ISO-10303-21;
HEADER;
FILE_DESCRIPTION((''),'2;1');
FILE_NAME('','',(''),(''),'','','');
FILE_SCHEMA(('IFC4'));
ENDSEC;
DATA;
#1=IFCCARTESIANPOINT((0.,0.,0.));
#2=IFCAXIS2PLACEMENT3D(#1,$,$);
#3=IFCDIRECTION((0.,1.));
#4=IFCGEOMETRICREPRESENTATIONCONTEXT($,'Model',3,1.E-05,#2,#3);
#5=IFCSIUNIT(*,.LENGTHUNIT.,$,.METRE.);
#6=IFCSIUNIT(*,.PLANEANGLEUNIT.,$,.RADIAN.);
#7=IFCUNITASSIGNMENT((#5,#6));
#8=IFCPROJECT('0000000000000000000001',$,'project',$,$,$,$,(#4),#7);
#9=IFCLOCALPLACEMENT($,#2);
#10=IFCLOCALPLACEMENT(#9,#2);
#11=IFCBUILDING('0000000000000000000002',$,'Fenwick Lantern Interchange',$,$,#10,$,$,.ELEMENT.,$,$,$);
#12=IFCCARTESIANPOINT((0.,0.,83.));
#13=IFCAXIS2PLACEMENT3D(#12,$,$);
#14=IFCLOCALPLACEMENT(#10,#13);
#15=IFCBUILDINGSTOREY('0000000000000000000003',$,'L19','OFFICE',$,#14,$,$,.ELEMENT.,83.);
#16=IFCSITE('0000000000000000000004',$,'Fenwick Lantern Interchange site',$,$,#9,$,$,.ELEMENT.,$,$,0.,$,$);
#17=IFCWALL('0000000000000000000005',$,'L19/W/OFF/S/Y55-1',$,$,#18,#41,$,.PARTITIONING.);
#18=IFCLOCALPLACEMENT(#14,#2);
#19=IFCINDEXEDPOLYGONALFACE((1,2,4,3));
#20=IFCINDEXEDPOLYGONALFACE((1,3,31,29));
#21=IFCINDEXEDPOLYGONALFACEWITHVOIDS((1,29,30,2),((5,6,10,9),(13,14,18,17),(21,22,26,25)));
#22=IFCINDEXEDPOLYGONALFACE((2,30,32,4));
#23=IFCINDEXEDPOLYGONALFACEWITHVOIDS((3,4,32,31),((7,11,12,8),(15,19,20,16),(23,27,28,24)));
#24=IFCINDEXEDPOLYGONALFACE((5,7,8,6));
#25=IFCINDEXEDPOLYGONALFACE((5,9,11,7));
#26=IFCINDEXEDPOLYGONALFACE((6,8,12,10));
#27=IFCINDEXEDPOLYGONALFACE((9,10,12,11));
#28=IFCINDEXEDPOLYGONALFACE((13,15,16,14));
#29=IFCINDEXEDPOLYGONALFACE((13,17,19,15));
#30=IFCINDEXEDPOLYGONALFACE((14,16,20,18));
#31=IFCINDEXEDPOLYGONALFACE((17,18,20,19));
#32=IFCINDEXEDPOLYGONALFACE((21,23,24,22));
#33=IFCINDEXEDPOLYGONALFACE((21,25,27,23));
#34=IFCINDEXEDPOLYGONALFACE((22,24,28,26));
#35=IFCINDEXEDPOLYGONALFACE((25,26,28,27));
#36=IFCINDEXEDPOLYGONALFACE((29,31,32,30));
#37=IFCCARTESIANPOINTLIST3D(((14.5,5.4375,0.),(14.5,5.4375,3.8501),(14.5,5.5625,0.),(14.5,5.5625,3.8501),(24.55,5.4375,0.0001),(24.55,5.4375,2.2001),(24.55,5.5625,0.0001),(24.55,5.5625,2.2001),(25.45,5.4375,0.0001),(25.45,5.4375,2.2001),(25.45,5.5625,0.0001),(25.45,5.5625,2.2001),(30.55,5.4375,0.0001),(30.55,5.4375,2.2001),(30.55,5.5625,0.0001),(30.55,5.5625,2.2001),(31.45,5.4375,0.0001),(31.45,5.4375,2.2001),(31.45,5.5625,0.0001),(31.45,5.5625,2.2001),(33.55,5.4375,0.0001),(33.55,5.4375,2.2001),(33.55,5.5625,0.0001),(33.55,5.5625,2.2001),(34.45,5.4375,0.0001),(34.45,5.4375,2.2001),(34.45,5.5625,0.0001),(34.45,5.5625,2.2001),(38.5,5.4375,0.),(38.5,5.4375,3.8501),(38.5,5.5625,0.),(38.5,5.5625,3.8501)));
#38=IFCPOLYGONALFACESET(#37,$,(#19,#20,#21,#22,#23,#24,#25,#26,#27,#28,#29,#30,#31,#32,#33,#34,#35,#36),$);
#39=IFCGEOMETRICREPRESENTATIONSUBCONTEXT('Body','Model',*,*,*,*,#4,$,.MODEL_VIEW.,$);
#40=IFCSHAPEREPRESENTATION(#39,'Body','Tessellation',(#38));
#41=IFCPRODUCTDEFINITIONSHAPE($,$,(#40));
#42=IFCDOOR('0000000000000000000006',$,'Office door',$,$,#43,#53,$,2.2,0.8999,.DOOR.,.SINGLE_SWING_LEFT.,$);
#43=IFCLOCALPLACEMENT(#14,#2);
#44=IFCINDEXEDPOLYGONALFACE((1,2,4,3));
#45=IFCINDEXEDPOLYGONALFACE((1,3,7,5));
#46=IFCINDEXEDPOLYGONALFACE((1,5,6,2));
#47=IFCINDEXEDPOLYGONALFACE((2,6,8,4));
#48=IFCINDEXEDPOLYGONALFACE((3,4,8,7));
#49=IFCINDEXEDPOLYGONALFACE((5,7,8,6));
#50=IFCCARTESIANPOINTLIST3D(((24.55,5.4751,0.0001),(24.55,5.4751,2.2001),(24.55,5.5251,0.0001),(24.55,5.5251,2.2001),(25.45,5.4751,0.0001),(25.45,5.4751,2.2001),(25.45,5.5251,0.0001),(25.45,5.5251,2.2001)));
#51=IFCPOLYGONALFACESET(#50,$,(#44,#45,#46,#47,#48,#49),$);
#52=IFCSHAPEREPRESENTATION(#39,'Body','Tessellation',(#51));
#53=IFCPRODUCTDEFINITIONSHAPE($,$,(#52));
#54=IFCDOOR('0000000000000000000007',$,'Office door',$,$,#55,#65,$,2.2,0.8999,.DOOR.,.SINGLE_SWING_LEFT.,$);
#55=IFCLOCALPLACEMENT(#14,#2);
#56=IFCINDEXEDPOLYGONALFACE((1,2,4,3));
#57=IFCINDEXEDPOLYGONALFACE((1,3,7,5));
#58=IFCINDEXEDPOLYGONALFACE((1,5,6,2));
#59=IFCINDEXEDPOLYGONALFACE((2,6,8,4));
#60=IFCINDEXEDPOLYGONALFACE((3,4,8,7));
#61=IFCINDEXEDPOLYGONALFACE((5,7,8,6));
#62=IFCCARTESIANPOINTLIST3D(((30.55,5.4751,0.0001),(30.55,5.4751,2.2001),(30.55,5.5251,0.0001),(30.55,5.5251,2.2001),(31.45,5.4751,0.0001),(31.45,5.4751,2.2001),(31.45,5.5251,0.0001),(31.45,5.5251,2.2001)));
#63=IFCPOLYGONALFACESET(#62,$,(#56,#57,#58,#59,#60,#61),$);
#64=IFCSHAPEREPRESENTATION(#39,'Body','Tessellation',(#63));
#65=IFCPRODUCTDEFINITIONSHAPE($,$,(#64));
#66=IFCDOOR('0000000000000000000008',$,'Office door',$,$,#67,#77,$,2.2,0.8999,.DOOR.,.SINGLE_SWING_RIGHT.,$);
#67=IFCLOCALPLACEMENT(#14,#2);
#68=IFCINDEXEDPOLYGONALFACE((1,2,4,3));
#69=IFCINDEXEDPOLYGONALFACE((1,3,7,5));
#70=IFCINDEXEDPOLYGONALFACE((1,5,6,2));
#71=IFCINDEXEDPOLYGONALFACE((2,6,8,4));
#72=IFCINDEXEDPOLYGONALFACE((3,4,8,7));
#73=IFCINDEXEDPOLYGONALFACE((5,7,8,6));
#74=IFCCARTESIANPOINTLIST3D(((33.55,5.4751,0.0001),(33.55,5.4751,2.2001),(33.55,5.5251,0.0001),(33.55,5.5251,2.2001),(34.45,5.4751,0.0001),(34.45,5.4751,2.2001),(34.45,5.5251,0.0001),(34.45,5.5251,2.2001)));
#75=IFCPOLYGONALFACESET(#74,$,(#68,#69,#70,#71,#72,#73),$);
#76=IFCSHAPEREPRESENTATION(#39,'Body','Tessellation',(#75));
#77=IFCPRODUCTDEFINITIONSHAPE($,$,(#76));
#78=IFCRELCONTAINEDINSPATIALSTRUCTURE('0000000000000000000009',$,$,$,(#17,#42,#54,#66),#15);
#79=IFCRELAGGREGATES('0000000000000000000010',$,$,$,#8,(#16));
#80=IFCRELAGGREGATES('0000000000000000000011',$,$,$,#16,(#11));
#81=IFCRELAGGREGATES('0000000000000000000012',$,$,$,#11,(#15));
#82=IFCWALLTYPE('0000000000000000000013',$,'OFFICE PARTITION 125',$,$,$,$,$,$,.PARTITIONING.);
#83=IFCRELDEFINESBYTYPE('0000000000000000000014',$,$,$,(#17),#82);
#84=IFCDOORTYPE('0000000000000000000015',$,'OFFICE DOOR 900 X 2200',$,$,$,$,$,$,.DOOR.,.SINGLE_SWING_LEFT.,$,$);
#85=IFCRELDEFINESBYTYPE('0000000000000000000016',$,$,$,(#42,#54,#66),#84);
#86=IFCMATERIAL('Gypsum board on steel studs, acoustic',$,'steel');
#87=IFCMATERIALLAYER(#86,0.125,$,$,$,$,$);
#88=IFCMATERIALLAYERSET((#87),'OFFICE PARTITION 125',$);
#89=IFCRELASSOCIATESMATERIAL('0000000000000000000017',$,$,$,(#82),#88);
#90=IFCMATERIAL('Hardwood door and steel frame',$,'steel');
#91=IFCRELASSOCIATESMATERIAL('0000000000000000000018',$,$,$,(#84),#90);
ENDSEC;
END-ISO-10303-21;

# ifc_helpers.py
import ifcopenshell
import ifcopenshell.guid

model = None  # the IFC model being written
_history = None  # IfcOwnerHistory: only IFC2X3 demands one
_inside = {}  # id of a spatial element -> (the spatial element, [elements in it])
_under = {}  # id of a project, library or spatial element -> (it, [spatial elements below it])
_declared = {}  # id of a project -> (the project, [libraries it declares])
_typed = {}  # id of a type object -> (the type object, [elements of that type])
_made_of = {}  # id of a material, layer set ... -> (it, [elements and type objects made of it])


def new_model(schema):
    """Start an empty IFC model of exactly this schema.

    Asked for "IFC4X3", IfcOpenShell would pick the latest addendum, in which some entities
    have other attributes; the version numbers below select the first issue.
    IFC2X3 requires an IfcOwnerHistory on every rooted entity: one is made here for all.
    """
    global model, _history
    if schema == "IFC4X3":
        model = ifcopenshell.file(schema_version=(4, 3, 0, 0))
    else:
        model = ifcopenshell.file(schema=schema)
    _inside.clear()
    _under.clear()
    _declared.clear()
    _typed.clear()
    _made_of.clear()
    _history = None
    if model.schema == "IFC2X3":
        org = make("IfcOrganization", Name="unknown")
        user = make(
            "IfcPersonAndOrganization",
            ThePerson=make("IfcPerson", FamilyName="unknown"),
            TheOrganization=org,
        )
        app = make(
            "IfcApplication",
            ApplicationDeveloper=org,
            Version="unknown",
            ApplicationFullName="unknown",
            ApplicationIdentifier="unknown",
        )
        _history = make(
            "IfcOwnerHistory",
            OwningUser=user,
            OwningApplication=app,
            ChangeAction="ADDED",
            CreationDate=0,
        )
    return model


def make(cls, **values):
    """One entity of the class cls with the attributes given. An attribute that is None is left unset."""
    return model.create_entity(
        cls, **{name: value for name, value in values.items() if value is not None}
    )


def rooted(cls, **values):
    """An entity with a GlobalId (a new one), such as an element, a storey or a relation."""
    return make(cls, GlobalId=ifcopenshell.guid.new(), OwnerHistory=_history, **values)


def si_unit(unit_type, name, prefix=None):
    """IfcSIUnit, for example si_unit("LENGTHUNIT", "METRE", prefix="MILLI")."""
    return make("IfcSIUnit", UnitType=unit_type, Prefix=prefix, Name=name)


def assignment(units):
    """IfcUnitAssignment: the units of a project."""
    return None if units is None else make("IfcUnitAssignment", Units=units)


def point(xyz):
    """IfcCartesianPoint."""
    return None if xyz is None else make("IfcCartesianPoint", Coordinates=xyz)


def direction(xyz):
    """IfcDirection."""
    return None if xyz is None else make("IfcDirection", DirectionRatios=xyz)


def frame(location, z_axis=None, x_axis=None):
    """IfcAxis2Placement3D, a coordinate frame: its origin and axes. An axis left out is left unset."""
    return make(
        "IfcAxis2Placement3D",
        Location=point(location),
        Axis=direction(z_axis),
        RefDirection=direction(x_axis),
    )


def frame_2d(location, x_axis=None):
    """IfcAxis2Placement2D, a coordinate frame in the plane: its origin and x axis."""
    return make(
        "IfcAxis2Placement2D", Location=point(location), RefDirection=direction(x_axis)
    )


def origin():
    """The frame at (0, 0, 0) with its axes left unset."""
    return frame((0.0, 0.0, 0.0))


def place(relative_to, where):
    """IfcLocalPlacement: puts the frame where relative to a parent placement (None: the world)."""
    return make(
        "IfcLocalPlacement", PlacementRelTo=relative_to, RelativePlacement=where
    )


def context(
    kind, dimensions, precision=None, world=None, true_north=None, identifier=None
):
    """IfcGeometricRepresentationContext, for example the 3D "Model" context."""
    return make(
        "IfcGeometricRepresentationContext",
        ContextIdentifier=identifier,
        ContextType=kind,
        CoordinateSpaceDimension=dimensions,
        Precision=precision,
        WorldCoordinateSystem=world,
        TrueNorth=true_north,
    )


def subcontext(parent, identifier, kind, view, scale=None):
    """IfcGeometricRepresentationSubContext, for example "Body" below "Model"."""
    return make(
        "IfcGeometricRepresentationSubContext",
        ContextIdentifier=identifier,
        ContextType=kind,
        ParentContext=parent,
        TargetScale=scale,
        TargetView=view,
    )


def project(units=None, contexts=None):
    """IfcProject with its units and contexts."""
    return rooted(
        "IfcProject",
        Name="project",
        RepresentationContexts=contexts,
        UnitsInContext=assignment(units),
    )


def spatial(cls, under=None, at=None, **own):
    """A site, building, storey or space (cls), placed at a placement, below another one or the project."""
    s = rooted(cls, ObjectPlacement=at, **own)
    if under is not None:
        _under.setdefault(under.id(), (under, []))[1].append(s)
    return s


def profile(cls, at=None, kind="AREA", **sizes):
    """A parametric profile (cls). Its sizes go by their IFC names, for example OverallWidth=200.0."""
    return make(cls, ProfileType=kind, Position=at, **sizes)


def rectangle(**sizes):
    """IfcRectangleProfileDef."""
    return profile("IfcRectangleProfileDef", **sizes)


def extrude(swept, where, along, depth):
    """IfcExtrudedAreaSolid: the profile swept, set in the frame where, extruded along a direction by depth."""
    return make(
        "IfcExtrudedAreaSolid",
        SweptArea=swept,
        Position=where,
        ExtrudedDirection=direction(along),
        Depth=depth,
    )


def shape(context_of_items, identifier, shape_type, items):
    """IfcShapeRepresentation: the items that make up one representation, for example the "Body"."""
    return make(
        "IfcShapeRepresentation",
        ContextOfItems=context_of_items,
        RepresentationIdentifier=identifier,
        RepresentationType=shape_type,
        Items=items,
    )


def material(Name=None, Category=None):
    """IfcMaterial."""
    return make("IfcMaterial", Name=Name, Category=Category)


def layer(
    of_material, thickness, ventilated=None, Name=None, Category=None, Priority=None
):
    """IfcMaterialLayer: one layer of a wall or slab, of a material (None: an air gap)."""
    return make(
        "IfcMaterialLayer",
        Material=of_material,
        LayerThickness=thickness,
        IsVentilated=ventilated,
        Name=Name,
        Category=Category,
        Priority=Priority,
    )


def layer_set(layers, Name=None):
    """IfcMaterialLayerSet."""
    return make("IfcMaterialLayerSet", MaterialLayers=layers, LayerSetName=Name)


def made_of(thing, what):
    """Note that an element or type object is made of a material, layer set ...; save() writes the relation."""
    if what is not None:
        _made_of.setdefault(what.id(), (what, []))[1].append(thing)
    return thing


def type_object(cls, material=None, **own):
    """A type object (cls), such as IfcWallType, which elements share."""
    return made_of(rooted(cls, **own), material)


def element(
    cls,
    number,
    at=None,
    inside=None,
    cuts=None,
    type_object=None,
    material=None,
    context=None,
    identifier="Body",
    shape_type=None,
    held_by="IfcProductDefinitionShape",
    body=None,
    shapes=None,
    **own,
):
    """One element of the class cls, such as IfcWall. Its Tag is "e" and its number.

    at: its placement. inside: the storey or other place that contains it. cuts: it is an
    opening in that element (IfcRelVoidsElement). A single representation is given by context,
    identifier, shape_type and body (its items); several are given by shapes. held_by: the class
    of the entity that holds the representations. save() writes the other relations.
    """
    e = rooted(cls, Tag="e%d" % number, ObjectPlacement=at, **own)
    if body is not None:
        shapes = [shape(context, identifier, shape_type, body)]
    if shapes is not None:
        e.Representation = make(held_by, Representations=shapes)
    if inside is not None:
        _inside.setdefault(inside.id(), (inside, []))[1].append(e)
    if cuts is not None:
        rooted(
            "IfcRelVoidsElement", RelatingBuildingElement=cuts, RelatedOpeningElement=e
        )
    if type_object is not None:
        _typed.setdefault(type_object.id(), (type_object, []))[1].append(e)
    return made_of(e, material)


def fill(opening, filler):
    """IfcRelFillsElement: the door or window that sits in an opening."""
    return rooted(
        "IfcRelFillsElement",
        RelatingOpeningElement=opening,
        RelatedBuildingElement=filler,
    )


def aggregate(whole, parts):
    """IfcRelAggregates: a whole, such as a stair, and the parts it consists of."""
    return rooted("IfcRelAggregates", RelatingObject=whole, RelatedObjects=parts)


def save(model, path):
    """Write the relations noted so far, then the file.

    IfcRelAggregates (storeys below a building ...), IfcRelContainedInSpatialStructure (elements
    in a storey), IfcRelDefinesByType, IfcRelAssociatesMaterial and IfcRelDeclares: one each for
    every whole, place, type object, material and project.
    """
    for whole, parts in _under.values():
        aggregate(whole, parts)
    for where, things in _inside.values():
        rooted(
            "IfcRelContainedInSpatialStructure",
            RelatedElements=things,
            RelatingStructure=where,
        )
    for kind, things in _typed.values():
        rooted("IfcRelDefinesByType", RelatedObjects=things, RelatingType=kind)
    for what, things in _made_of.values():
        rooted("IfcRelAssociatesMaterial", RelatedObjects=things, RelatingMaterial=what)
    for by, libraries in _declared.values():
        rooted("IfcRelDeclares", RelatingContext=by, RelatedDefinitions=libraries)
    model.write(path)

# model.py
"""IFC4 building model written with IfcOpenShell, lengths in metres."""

from ifc_helpers import new_model, si_unit, direction, frame, frame_2d, origin, place, context, subcontext, project, spatial, rectangle, extrude, material, layer, layer_set, type_object, element, fill, save


model = new_model("IFC4")

# Units and contexts
model_context = context("Model", 3, precision=1e-05, world=origin(), true_north=direction((0.0, 1.0)))
body_context = subcontext(model_context, "Body", "Model", "MODEL_VIEW")
ifc_project = project(units=[si_unit("LENGTHUNIT", "METRE"), si_unit("PLANEANGLEUNIT", "RADIAN")], contexts=[model_context])

# Site, building, storey
site_placement = place(None, origin())
site = spatial("IfcSite", under=ifc_project, at=site_placement, Name="Fenwick Lantern Interchange site", CompositionType="ELEMENT", RefElevation=0.0)
building_placement = place(site_placement, origin())
building = spatial("IfcBuilding", under=site, at=building_placement, Name="Fenwick Lantern Interchange", CompositionType="ELEMENT")
storey_placement = place(building_placement, frame((0.0, 0.0, 83.0)))
storey = spatial("IfcBuildingStorey", under=building, at=storey_placement, Name="L19", Description="OFFICE", CompositionType="ELEMENT", Elevation=83.0)

# Shared definitions
ifc_material_1 = material(Name="Gypsum board on steel studs, acoustic", Category="steel")
ifc_layer_1 = layer(ifc_material_1, 0.125)
ifc_layer_set_1 = layer_set([ifc_layer_1], Name="OFFICE PARTITION 125")
wall_type = type_object("IfcWallType", Name="OFFICE PARTITION 125", PredefinedType="PARTITIONING", material=ifc_layer_set_1)
ifc_material_2 = material(Name="Hardwood door and steel frame", Category="steel")
door_type = type_object("IfcDoorType", Name="OFFICE DOOR 900 X 2200", OperationType="SINGLE_SWING_LEFT", PredefinedType="DOOR", material=ifc_material_2)

# Wall, openings, doors
wall_1_placement = place(storey_placement, frame((14.5, 5.5, 0.0), z_axis=(0.0, 0.0, 1.0), x_axis=(1.0, 0.0, 0.0)))
wall_1 = element("IfcWall", 1, at=wall_1_placement, inside=storey, type_object=wall_type, Name="L19/W/OFF/S/Y55-1", PredefinedType="PARTITIONING", context=body_context, shape_type="SweptSolid", body=[
    extrude(rectangle(XDim=24.0, YDim=0.125, at=frame_2d((12.0, 0.0))), origin(), (0.0, 0.0, 1.0), 3.8501),
])
opening_1_placement = place(wall_1_placement, frame((10.05, 0.0, 0.0)))
opening_1 = element("IfcOpeningElement", 2, at=opening_1_placement, cuts=wall_1, PredefinedType="OPENING", context=body_context, shape_type="SweptSolid", body=[
    extrude(rectangle(XDim=0.8999, YDim=2.2, at=frame_2d((0.45, 1.1001))), frame((0.0, 0.0725, 0.0), z_axis=(0.0, -1.0, 0.0), x_axis=(1.0, 0.0, 0.0)), (0.0, 0.0, 1.0), 0.145),
])
opening_2_placement = place(wall_1_placement, frame((16.05, 0.0, 0.0)))
opening_2 = element("IfcOpeningElement", 3, at=opening_2_placement, cuts=wall_1, PredefinedType="OPENING", context=body_context, shape_type="SweptSolid", body=[
    extrude(rectangle(XDim=0.8999, YDim=2.2, at=frame_2d((0.45, 1.1001))), frame((0.0, 0.0725, 0.0), z_axis=(0.0, -1.0, 0.0), x_axis=(1.0, 0.0, 0.0)), (0.0, 0.0, 1.0), 0.145),
])
opening_3_placement = place(wall_1_placement, frame((19.05, 0.0, 0.0)))
opening_3 = element("IfcOpeningElement", 4, at=opening_3_placement, cuts=wall_1, PredefinedType="OPENING", context=body_context, shape_type="SweptSolid", body=[
    extrude(rectangle(XDim=0.8999, YDim=2.2, at=frame_2d((0.45, 1.1001))), frame((0.0, 0.0725, 0.0), z_axis=(0.0, -1.0, 0.0), x_axis=(1.0, 0.0, 0.0)), (0.0, 0.0, 1.0), 0.145),
])
door_1_placement = place(opening_1_placement, frame((0.8999, 0.0, 0.0), z_axis=(0.0, 0.0, 1.0), x_axis=(-1.0, 0.0, 0.0)))
door_1 = element("IfcDoor", 5, at=door_1_placement, inside=storey, type_object=door_type, Name="Office door", OperationType="SINGLE_SWING_LEFT", OverallHeight=2.2, OverallWidth=0.8999, PredefinedType="DOOR", context=body_context, shape_type="SweptSolid", body=[
    extrude(rectangle(XDim=0.8999, YDim=2.2, at=frame_2d((0.45, 1.1001))), frame((0.0, 0.0249, 0.0), z_axis=(0.0, -1.0, 0.0), x_axis=(1.0, 0.0, 0.0)), (0.0, 0.0, 1.0), 0.05),
])
fill(opening_1, door_1)
door_2_placement = place(opening_2_placement, frame((0.8999, 0.0, 0.0), z_axis=(0.0, 0.0, 1.0), x_axis=(-1.0, 0.0, 0.0)))
door_2 = element("IfcDoor", 6, at=door_2_placement, inside=storey, type_object=door_type, Name="Office door", OperationType="SINGLE_SWING_LEFT", OverallHeight=2.2, OverallWidth=0.8999, PredefinedType="DOOR", context=body_context, shape_type="SweptSolid", body=[
    extrude(rectangle(XDim=0.8999, YDim=2.2, at=frame_2d((0.45, 1.1001))), frame((0.0, 0.0249, 0.0), z_axis=(0.0, -1.0, 0.0), x_axis=(1.0, 0.0, 0.0)), (0.0, 0.0, 1.0), 0.05),
])
fill(opening_2, door_2)
door_3_placement = place(opening_3_placement, frame((0.8999, 0.0, 0.0), z_axis=(0.0, 0.0, 1.0), x_axis=(-1.0, 0.0, 0.0)))
door_3 = element("IfcDoor", 7, at=door_3_placement, inside=storey, type_object=door_type, Name="Office door", OperationType="SINGLE_SWING_RIGHT", OverallHeight=2.2, OverallWidth=0.8999, PredefinedType="DOOR", context=body_context, shape_type="SweptSolid", body=[
    extrude(rectangle(XDim=0.8999, YDim=2.2, at=frame_2d((0.45, 1.1001))), frame((0.0, 0.0249, 0.0), z_axis=(0.0, -1.0, 0.0), x_axis=(1.0, 0.0, 0.0)), (0.0, 0.0, 1.0), 0.05),
])
fill(opening_3, door_3)

save(model, "model.ifc")
